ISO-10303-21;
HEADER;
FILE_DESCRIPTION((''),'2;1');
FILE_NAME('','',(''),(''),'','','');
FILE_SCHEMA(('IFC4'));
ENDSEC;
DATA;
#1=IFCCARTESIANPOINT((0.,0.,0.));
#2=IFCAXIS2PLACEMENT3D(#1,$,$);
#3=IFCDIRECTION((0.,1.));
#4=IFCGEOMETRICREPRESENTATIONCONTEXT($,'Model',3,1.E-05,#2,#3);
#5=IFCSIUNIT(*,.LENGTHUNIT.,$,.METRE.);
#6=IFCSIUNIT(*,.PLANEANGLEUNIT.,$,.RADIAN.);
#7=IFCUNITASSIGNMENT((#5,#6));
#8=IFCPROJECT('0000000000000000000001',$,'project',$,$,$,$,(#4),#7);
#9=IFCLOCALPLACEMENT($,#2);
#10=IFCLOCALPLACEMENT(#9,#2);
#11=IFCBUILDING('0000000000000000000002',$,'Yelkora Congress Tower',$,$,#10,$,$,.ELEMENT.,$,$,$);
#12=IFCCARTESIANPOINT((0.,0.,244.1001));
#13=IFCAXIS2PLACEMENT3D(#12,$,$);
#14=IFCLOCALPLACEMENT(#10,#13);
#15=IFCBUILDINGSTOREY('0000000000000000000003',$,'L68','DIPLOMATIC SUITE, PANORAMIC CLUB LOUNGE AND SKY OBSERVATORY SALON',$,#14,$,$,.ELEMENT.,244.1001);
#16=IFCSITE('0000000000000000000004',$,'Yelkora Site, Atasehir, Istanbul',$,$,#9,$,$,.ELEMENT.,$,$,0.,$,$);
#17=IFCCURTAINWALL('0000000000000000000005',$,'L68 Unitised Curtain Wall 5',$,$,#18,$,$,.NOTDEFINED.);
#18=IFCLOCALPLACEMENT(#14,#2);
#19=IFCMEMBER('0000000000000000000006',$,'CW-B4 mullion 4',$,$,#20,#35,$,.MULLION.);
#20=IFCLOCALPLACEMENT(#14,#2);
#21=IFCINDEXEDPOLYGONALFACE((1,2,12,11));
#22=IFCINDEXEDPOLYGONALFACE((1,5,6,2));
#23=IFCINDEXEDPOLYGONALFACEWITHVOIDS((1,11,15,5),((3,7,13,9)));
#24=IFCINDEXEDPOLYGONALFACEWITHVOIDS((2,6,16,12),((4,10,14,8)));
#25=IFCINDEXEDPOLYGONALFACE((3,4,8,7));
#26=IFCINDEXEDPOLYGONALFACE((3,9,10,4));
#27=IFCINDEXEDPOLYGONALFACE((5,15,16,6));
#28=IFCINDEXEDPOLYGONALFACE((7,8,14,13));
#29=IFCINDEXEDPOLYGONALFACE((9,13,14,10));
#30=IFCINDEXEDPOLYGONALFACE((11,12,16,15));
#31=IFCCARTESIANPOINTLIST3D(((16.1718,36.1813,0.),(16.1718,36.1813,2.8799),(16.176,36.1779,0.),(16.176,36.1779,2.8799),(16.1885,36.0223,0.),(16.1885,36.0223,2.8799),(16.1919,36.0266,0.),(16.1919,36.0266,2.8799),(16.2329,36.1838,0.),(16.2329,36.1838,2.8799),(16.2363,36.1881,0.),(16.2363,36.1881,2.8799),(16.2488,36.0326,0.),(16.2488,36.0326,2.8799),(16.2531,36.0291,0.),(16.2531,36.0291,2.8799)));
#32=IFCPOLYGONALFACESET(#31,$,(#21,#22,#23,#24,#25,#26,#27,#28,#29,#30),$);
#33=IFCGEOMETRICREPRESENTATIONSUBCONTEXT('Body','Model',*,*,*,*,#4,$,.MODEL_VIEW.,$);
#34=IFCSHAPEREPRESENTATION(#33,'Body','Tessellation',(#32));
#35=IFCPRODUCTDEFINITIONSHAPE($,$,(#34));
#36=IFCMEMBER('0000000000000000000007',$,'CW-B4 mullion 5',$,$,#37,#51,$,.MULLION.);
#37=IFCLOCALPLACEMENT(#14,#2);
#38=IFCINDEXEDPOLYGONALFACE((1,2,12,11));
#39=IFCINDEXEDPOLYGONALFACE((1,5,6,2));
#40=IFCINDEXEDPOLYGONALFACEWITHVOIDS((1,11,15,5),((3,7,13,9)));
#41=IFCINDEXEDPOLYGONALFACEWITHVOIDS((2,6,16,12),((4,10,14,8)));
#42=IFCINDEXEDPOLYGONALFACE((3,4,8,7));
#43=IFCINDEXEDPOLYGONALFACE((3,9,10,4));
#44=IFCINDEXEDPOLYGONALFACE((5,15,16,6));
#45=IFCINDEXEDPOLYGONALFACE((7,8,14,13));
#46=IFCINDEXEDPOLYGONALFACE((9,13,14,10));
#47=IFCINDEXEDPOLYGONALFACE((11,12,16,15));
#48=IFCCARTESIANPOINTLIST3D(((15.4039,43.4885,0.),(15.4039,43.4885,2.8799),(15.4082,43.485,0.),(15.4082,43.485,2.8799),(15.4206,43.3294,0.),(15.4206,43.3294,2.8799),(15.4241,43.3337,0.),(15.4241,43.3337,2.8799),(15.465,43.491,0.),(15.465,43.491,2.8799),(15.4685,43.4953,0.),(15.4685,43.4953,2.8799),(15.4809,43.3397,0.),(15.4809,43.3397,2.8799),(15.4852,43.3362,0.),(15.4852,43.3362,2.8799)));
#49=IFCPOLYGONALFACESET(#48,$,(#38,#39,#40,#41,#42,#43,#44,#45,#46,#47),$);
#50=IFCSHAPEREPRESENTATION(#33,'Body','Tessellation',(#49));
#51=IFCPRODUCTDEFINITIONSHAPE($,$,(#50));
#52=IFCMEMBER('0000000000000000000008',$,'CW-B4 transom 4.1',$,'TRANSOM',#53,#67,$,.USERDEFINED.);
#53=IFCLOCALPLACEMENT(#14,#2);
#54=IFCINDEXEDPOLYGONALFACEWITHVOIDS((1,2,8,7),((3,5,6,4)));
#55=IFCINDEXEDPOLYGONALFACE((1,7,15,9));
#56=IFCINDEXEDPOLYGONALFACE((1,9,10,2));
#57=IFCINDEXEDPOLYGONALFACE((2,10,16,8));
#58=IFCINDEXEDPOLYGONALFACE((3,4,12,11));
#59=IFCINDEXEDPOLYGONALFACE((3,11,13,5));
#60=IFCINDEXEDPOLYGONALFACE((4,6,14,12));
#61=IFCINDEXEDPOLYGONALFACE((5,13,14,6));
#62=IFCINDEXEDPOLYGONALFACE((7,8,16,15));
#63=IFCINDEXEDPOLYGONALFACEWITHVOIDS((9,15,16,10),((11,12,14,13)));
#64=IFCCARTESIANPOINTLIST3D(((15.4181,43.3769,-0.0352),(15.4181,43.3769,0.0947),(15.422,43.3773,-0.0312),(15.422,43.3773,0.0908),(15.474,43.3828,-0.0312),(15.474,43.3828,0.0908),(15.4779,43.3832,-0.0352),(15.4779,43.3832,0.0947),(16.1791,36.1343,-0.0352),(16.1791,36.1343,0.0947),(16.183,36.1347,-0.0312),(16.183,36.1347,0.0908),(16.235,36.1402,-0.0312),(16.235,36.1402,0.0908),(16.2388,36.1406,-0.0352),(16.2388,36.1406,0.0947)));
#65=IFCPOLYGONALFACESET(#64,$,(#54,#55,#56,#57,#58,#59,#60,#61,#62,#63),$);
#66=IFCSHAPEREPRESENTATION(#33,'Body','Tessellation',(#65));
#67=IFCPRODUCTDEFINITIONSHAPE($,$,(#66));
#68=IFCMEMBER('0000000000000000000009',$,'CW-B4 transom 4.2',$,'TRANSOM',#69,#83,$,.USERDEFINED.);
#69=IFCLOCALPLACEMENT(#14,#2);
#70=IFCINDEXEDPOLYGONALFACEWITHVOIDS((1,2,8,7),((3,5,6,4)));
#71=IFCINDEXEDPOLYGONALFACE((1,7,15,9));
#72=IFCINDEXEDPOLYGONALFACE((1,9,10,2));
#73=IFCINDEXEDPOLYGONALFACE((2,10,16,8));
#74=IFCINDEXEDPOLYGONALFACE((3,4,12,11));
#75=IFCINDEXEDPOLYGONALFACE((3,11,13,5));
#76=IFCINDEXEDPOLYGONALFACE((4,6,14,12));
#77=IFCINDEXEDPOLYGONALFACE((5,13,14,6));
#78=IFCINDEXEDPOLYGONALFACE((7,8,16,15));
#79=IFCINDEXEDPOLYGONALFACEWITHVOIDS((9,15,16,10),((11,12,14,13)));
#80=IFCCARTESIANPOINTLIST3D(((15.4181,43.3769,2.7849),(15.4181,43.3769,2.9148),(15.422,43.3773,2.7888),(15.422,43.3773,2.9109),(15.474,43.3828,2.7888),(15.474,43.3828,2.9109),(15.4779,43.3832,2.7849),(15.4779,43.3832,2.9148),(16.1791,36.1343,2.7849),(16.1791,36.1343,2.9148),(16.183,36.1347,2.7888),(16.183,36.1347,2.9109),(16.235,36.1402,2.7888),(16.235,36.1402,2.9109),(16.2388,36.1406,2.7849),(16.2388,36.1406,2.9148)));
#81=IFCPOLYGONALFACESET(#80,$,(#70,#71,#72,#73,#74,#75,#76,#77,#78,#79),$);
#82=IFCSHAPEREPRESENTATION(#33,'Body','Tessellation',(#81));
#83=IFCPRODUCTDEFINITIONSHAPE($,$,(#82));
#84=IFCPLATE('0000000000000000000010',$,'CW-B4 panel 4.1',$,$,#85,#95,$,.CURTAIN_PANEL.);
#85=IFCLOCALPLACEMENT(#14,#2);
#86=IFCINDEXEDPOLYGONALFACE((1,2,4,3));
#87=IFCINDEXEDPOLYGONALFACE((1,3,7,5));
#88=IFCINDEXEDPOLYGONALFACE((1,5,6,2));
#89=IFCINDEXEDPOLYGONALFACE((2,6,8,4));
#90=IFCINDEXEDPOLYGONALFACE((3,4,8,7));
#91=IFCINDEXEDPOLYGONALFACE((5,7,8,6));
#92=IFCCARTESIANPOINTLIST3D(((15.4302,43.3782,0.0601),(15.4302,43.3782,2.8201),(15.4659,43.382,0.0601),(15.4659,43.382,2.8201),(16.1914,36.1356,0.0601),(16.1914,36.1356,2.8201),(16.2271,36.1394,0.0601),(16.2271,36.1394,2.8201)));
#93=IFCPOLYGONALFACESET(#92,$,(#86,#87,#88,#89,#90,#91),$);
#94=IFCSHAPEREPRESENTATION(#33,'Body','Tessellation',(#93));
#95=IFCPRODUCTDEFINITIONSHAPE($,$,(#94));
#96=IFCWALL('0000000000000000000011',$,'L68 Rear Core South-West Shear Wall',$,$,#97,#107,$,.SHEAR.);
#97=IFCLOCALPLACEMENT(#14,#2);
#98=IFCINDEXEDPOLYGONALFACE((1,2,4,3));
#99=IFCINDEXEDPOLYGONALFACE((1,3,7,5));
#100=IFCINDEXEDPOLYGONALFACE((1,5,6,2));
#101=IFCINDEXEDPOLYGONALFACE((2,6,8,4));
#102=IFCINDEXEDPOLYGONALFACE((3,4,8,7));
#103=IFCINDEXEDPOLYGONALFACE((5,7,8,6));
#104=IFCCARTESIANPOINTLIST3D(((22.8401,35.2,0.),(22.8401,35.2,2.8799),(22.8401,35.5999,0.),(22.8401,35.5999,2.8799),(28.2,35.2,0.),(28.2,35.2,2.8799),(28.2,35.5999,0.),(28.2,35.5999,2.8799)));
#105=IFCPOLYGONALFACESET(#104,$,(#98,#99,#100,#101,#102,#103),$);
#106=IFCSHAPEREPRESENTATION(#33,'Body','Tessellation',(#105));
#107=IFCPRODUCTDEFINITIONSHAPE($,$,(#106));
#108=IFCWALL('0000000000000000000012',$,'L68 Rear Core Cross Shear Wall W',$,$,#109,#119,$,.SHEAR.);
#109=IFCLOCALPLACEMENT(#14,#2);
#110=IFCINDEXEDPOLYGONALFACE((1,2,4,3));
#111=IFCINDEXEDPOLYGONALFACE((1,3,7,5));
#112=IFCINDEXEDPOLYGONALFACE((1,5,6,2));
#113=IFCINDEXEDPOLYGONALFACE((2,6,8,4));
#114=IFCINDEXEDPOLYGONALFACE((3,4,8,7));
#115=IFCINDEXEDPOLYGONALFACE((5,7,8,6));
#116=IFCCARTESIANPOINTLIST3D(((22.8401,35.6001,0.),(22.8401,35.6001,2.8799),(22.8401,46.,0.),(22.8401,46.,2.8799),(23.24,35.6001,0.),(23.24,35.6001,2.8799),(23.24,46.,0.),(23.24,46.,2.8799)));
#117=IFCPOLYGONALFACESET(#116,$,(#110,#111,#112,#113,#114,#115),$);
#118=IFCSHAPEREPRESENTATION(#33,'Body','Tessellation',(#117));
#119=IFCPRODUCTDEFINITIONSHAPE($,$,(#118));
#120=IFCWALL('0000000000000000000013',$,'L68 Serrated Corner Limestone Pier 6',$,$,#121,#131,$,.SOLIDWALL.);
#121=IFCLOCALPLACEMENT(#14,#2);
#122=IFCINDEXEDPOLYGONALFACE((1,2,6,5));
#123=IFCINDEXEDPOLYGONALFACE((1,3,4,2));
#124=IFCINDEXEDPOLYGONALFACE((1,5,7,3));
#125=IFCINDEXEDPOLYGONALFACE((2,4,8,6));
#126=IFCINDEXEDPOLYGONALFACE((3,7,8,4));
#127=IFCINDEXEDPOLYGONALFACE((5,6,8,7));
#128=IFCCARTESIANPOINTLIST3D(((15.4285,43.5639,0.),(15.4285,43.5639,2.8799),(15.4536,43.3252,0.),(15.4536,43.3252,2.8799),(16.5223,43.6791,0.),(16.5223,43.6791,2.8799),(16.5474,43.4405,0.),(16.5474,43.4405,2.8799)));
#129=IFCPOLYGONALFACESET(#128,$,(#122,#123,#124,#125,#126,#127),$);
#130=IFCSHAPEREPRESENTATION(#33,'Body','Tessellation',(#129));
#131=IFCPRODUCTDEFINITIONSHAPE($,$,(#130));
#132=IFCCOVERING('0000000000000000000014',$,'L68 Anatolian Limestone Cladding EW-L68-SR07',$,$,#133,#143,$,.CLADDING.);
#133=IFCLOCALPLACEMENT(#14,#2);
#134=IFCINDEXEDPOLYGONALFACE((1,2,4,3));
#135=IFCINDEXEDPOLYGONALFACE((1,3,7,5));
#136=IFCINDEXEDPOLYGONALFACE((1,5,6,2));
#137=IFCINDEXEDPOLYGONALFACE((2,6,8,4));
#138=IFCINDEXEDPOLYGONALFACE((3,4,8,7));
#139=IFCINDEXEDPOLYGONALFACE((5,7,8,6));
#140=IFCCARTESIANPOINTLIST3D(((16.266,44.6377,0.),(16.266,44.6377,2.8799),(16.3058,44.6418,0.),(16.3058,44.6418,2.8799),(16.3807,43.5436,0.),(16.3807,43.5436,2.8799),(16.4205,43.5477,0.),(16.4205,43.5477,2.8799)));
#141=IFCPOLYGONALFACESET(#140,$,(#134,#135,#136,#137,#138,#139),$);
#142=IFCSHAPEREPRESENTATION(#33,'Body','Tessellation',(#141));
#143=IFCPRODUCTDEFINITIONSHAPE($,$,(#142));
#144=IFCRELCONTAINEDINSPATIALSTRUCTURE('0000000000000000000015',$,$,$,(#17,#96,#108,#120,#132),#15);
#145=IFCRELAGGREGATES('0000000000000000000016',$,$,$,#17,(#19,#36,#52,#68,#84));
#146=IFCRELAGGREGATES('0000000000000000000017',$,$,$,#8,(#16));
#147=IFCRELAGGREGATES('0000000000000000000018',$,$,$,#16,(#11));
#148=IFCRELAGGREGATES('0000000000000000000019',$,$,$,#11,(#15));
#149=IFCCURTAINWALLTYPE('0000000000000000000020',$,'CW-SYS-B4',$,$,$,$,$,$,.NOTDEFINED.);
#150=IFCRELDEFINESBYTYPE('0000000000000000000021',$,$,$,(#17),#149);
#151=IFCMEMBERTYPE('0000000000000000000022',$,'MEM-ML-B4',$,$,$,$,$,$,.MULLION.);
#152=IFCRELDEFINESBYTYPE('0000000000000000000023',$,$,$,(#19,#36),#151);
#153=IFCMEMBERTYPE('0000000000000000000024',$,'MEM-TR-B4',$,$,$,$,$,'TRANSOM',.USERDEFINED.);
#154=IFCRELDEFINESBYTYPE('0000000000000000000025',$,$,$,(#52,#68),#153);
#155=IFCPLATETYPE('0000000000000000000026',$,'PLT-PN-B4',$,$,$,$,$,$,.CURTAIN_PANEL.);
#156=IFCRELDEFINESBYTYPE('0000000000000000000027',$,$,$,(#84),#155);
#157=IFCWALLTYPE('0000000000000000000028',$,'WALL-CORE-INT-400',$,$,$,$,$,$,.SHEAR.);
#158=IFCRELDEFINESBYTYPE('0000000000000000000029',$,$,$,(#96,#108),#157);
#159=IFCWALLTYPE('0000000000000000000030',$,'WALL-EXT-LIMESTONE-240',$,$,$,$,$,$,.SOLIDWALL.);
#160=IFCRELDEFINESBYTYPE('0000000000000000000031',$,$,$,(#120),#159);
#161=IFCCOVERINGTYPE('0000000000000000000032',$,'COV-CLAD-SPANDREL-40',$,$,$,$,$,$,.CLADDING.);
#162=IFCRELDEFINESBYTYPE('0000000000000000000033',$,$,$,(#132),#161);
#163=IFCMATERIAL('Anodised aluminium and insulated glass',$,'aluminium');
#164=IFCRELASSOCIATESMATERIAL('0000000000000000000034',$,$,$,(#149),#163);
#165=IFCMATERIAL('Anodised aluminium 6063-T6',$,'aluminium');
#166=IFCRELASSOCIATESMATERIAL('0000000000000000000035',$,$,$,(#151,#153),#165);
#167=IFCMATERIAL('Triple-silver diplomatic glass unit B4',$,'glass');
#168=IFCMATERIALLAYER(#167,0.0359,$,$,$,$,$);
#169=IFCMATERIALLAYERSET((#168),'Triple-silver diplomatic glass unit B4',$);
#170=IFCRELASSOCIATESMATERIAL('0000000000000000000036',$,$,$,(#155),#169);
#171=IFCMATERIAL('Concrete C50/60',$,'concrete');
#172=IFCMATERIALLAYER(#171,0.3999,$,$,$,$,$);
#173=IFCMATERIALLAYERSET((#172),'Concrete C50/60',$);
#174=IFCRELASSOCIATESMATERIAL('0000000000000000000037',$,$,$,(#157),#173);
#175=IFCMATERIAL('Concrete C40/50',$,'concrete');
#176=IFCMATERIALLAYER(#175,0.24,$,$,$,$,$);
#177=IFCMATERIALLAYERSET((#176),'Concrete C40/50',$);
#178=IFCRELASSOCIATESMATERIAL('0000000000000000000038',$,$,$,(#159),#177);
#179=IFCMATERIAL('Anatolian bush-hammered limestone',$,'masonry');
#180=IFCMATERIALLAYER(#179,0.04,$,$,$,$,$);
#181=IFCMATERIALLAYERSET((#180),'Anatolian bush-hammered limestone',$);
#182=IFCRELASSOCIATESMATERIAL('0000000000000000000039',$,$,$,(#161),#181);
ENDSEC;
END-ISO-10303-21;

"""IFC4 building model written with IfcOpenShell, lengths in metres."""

from ifc_helpers import new_model, si_unit, direction, frame, frame_2d, origin, origin_2d, place, context, subcontext, project, spatial, rectangle, hollow_rectangle, extrude, material, layer, layer_set, material_profile, profile_set, type_object, element, aggregate, save


model = new_model("IFC4")

# Units and contexts
model_context = context("Model", 3, precision=1e-05, world=origin(), true_north=direction((0.0, 1.0)))
body_context = subcontext(model_context, "Body", "Model", "MODEL_VIEW")
ifc_project = project(units=[si_unit("LENGTHUNIT", "METRE"), si_unit("PLANEANGLEUNIT", "RADIAN")], contexts=[model_context])

# Site, building, storey
site_placement = place(None, origin())
site = spatial("IfcSite", under=ifc_project, at=site_placement, Name="Yelkora Site, Atasehir, Istanbul", CompositionType="ELEMENT", RefElevation=0.0)
building_placement = place(site_placement, origin())
building = spatial("IfcBuilding", under=site, at=building_placement, Name="Yelkora Congress Tower", CompositionType="ELEMENT")
storey_placement = place(building_placement, frame((0.0, 0.0, 244.1001)))
storey = spatial("IfcBuildingStorey", under=building, at=storey_placement, Name="L68", Description="DIPLOMATIC SUITE, PANORAMIC CLUB LOUNGE AND SKY OBSERVATORY SALON", CompositionType="ELEMENT", Elevation=244.1001)

# Curtain wall, members, plate
ifc_material_1 = material(Name="Anodised aluminium and insulated glass", Category="aluminium")
curtain_wall_type = type_object("IfcCurtainWallType", Name="CW-SYS-B4", PredefinedType="NOTDEFINED", material=ifc_material_1)
curtain_wall_placement = place(storey_placement, origin())
curtain_wall = element("IfcCurtainWall", 1, at=curtain_wall_placement, inside=storey, type_object=curtain_wall_type, Name="L68 Unitised Curtain Wall 5", PredefinedType="NOTDEFINED")
ifc_material_2 = material(Name="Anodised aluminium 6063-T6", Category="aluminium")
ifc_material_profile_1 = material_profile(ifc_material_2, hollow_rectangle(XDim=0.0649, YDim=0.1599, WallThickness=0.0039, at=origin_2d()), Name="ALU 65x160x4")
ifc_profile_set_1 = profile_set([ifc_material_profile_1], Name="Anodised aluminium 6063-T6")
member_type_1 = type_object("IfcMemberType", Name="MEM-ML-B4", PredefinedType="MULLION", material=ifc_profile_set_1)
member_1_placement = place(storey_placement, frame((16.2124, 36.1052, 0.0), z_axis=(0.0, 0.0, 1.0), x_axis=(-0.994522, -0.104526, 0.0)))
member_1 = element("IfcMember", 2, at=member_1_placement, type_object=member_type_1, Name="CW-B4 mullion 4", PredefinedType="MULLION", context=body_context, shape_type="SweptSolid", body=[
    extrude(hollow_rectangle(XDim=0.0649, YDim=0.1599, WallThickness=0.0039, at=origin_2d()), origin(), (0.0, 0.0, 1.0), 2.8799),
])
member_2_placement = place(storey_placement, frame((15.4446, 43.4124, 0.0), z_axis=(0.0, 0.0, 1.0), x_axis=(-0.994522, -0.104526, 0.0)))
member_2 = element("IfcMember", 3, at=member_2_placement, type_object=member_type_1, Name="CW-B4 mullion 5", PredefinedType="MULLION", context=body_context, shape_type="SweptSolid", body=[
    extrude(hollow_rectangle(XDim=0.0649, YDim=0.1599, WallThickness=0.0039, at=origin_2d()), origin(), (0.0, 0.0, 1.0), 2.8799),
])
ifc_material_profile_2 = material_profile(ifc_material_2, hollow_rectangle(XDim=0.0601, YDim=0.1299, WallThickness=0.0039, at=origin_2d()), Name="ALU 60x130x4")
ifc_profile_set_2 = profile_set([ifc_material_profile_2], Name="Anodised aluminium 6063-T6")
member_type_2 = type_object("IfcMemberType", Name="MEM-TR-B4", ElementType="TRANSOM", PredefinedType="USERDEFINED", material=ifc_profile_set_2)
member_3_placement = place(storey_placement, frame((16.209, 36.1375, 0.0298), z_axis=(-0.104495, 0.994525, 0.0), x_axis=(-0.994525, -0.104495, 0.0)))
member_3 = element("IfcMember", 4, at=member_3_placement, type_object=member_type_2, Name="CW-B4 transom 4.1", ObjectType="TRANSOM", PredefinedType="USERDEFINED", context=body_context, shape_type="SweptSolid", body=[
    extrude(hollow_rectangle(XDim=0.0601, YDim=0.1299, WallThickness=0.0039, at=origin_2d()), origin(), (0.0, 0.0, 1.0), 7.2825),
])
member_4_placement = place(storey_placement, frame((16.209, 36.1375, 2.8499), z_axis=(-0.104495, 0.994525, 0.0), x_axis=(-0.994525, -0.104495, 0.0)))
member_4 = element("IfcMember", 5, at=member_4_placement, type_object=member_type_2, Name="CW-B4 transom 4.2", ObjectType="TRANSOM", PredefinedType="USERDEFINED", context=body_context, shape_type="SweptSolid", body=[
    extrude(hollow_rectangle(XDim=0.0601, YDim=0.1299, WallThickness=0.0039, at=origin_2d()), origin(), (0.0, 0.0, 1.0), 7.2825),
])
ifc_material_3 = material(Name="Triple-silver diplomatic glass unit B4", Category="glass")
ifc_layer_1 = layer(ifc_material_3, 0.0359)
ifc_layer_set_1 = layer_set([ifc_layer_1], Name="Triple-silver diplomatic glass unit B4")
plate_type = type_object("IfcPlateType", Name="PLT-PN-B4", PredefinedType="CURTAIN_PANEL", material=ifc_layer_set_1)
plate_placement = place(storey_placement, frame((15.8286, 39.7588, 0.0601), z_axis=(0.0, 0.0, 1.0), x_axis=(-0.104526, 0.994522, 0.0)))
plate = element("IfcPlate", 6, at=plate_placement, type_object=plate_type, Name="CW-B4 panel 4.1", PredefinedType="CURTAIN_PANEL", context=body_context, shape_type="SweptSolid", body=[
    extrude(rectangle(XDim=7.2825, YDim=0.0359, at=origin_2d()), origin(), (0.0, 0.0, 1.0), 2.76),
])
aggregate(curtain_wall, [member_1, member_2, member_3, member_4, plate])

# Walls
ifc_material_4 = material(Name="Concrete C50/60", Category="concrete")
ifc_layer_2 = layer(ifc_material_4, 0.3999)
ifc_layer_set_2 = layer_set([ifc_layer_2], Name="Concrete C50/60")
wall_type_1 = type_object("IfcWallType", Name="WALL-CORE-INT-400", PredefinedType="SHEAR", material=ifc_layer_set_2)
wall_1_placement = place(storey_placement, frame((22.8401, 35.3999, 0.0), z_axis=(0.0, 0.0, 1.0), x_axis=(1.0, 0.0, 0.0)))
element("IfcWall", 7, at=wall_1_placement, inside=storey, type_object=wall_type_1, Name="L68 Rear Core South-West Shear Wall", PredefinedType="SHEAR", context=body_context, shape_type="SweptSolid", body=[
    extrude(rectangle(XDim=5.3599, YDim=0.3999, at=frame_2d((2.6799, 0.0))), origin(), (0.0, 0.0, 1.0), 2.8799),
])
wall_2_placement = place(storey_placement, frame((23.04, 35.6001, 0.0), z_axis=(0.0, 0.0, 1.0), x_axis=(0.0, 1.0, 0.0)))
element("IfcWall", 8, at=wall_2_placement, inside=storey, type_object=wall_type_1, Name="L68 Rear Core Cross Shear Wall W", PredefinedType="SHEAR", context=body_context, shape_type="SweptSolid", body=[
    extrude(rectangle(XDim=10.3999, YDim=0.3999, at=frame_2d((5.2, 0.0))), origin(), (0.0, 0.0, 1.0), 2.8799),
])
ifc_material_5 = material(Name="Concrete C40/50", Category="concrete")
ifc_layer_3 = layer(ifc_material_5, 0.24)
ifc_layer_set_3 = layer_set([ifc_layer_3], Name="Concrete C40/50")
wall_type_2 = type_object("IfcWallType", Name="WALL-EXT-LIMESTONE-240", PredefinedType="SOLIDWALL", material=ifc_layer_set_3)
wall_3_placement = place(storey_placement, frame((15.4412, 43.4446, 0.0), z_axis=(0.0, 0.0, 1.0), x_axis=(0.994496, 0.104777, 0.0)))
element("IfcWall", 9, at=wall_3_placement, inside=storey, type_object=wall_type_2, Name="L68 Serrated Corner Limestone Pier 6", PredefinedType="SOLIDWALL", context=body_context, shape_type="SweptSolid", body=[
    extrude(rectangle(XDim=1.0999, YDim=0.24, at=frame_2d((0.5498, 0.0))), origin(), (0.0, 0.0, 1.0), 2.8799),
])

# Covering
ifc_material_6 = material(Name="Anatolian bush-hammered limestone", Category="masonry")
ifc_layer_4 = layer(ifc_material_6, 0.04)
ifc_layer_set_4 = layer_set([ifc_layer_4], Name="Anatolian bush-hammered limestone")
covering_type = type_object("IfcCoveringType", Name="COV-CLAD-SPANDREL-40", PredefinedType="CLADDING", material=ifc_layer_set_4)
covering_placement = place(storey_placement, frame((16.4006, 43.5457, 0.0), z_axis=(0.0, 0.0, 1.0), x_axis=(-0.104315, 0.994544, 0.0)))
element("IfcCovering", 10, at=covering_placement, inside=storey, type_object=covering_type, Name="L68 Anatolian Limestone Cladding EW-L68-SR07", PredefinedType="CLADDING", context=body_context, shape_type="SweptSolid", body=[
    extrude(rectangle(XDim=1.1001, YDim=0.04, at=frame_2d((0.55, 0.0))), origin(), (0.0, 0.0, 1.0), 2.8799),
])

save(model, "model.ifc")
